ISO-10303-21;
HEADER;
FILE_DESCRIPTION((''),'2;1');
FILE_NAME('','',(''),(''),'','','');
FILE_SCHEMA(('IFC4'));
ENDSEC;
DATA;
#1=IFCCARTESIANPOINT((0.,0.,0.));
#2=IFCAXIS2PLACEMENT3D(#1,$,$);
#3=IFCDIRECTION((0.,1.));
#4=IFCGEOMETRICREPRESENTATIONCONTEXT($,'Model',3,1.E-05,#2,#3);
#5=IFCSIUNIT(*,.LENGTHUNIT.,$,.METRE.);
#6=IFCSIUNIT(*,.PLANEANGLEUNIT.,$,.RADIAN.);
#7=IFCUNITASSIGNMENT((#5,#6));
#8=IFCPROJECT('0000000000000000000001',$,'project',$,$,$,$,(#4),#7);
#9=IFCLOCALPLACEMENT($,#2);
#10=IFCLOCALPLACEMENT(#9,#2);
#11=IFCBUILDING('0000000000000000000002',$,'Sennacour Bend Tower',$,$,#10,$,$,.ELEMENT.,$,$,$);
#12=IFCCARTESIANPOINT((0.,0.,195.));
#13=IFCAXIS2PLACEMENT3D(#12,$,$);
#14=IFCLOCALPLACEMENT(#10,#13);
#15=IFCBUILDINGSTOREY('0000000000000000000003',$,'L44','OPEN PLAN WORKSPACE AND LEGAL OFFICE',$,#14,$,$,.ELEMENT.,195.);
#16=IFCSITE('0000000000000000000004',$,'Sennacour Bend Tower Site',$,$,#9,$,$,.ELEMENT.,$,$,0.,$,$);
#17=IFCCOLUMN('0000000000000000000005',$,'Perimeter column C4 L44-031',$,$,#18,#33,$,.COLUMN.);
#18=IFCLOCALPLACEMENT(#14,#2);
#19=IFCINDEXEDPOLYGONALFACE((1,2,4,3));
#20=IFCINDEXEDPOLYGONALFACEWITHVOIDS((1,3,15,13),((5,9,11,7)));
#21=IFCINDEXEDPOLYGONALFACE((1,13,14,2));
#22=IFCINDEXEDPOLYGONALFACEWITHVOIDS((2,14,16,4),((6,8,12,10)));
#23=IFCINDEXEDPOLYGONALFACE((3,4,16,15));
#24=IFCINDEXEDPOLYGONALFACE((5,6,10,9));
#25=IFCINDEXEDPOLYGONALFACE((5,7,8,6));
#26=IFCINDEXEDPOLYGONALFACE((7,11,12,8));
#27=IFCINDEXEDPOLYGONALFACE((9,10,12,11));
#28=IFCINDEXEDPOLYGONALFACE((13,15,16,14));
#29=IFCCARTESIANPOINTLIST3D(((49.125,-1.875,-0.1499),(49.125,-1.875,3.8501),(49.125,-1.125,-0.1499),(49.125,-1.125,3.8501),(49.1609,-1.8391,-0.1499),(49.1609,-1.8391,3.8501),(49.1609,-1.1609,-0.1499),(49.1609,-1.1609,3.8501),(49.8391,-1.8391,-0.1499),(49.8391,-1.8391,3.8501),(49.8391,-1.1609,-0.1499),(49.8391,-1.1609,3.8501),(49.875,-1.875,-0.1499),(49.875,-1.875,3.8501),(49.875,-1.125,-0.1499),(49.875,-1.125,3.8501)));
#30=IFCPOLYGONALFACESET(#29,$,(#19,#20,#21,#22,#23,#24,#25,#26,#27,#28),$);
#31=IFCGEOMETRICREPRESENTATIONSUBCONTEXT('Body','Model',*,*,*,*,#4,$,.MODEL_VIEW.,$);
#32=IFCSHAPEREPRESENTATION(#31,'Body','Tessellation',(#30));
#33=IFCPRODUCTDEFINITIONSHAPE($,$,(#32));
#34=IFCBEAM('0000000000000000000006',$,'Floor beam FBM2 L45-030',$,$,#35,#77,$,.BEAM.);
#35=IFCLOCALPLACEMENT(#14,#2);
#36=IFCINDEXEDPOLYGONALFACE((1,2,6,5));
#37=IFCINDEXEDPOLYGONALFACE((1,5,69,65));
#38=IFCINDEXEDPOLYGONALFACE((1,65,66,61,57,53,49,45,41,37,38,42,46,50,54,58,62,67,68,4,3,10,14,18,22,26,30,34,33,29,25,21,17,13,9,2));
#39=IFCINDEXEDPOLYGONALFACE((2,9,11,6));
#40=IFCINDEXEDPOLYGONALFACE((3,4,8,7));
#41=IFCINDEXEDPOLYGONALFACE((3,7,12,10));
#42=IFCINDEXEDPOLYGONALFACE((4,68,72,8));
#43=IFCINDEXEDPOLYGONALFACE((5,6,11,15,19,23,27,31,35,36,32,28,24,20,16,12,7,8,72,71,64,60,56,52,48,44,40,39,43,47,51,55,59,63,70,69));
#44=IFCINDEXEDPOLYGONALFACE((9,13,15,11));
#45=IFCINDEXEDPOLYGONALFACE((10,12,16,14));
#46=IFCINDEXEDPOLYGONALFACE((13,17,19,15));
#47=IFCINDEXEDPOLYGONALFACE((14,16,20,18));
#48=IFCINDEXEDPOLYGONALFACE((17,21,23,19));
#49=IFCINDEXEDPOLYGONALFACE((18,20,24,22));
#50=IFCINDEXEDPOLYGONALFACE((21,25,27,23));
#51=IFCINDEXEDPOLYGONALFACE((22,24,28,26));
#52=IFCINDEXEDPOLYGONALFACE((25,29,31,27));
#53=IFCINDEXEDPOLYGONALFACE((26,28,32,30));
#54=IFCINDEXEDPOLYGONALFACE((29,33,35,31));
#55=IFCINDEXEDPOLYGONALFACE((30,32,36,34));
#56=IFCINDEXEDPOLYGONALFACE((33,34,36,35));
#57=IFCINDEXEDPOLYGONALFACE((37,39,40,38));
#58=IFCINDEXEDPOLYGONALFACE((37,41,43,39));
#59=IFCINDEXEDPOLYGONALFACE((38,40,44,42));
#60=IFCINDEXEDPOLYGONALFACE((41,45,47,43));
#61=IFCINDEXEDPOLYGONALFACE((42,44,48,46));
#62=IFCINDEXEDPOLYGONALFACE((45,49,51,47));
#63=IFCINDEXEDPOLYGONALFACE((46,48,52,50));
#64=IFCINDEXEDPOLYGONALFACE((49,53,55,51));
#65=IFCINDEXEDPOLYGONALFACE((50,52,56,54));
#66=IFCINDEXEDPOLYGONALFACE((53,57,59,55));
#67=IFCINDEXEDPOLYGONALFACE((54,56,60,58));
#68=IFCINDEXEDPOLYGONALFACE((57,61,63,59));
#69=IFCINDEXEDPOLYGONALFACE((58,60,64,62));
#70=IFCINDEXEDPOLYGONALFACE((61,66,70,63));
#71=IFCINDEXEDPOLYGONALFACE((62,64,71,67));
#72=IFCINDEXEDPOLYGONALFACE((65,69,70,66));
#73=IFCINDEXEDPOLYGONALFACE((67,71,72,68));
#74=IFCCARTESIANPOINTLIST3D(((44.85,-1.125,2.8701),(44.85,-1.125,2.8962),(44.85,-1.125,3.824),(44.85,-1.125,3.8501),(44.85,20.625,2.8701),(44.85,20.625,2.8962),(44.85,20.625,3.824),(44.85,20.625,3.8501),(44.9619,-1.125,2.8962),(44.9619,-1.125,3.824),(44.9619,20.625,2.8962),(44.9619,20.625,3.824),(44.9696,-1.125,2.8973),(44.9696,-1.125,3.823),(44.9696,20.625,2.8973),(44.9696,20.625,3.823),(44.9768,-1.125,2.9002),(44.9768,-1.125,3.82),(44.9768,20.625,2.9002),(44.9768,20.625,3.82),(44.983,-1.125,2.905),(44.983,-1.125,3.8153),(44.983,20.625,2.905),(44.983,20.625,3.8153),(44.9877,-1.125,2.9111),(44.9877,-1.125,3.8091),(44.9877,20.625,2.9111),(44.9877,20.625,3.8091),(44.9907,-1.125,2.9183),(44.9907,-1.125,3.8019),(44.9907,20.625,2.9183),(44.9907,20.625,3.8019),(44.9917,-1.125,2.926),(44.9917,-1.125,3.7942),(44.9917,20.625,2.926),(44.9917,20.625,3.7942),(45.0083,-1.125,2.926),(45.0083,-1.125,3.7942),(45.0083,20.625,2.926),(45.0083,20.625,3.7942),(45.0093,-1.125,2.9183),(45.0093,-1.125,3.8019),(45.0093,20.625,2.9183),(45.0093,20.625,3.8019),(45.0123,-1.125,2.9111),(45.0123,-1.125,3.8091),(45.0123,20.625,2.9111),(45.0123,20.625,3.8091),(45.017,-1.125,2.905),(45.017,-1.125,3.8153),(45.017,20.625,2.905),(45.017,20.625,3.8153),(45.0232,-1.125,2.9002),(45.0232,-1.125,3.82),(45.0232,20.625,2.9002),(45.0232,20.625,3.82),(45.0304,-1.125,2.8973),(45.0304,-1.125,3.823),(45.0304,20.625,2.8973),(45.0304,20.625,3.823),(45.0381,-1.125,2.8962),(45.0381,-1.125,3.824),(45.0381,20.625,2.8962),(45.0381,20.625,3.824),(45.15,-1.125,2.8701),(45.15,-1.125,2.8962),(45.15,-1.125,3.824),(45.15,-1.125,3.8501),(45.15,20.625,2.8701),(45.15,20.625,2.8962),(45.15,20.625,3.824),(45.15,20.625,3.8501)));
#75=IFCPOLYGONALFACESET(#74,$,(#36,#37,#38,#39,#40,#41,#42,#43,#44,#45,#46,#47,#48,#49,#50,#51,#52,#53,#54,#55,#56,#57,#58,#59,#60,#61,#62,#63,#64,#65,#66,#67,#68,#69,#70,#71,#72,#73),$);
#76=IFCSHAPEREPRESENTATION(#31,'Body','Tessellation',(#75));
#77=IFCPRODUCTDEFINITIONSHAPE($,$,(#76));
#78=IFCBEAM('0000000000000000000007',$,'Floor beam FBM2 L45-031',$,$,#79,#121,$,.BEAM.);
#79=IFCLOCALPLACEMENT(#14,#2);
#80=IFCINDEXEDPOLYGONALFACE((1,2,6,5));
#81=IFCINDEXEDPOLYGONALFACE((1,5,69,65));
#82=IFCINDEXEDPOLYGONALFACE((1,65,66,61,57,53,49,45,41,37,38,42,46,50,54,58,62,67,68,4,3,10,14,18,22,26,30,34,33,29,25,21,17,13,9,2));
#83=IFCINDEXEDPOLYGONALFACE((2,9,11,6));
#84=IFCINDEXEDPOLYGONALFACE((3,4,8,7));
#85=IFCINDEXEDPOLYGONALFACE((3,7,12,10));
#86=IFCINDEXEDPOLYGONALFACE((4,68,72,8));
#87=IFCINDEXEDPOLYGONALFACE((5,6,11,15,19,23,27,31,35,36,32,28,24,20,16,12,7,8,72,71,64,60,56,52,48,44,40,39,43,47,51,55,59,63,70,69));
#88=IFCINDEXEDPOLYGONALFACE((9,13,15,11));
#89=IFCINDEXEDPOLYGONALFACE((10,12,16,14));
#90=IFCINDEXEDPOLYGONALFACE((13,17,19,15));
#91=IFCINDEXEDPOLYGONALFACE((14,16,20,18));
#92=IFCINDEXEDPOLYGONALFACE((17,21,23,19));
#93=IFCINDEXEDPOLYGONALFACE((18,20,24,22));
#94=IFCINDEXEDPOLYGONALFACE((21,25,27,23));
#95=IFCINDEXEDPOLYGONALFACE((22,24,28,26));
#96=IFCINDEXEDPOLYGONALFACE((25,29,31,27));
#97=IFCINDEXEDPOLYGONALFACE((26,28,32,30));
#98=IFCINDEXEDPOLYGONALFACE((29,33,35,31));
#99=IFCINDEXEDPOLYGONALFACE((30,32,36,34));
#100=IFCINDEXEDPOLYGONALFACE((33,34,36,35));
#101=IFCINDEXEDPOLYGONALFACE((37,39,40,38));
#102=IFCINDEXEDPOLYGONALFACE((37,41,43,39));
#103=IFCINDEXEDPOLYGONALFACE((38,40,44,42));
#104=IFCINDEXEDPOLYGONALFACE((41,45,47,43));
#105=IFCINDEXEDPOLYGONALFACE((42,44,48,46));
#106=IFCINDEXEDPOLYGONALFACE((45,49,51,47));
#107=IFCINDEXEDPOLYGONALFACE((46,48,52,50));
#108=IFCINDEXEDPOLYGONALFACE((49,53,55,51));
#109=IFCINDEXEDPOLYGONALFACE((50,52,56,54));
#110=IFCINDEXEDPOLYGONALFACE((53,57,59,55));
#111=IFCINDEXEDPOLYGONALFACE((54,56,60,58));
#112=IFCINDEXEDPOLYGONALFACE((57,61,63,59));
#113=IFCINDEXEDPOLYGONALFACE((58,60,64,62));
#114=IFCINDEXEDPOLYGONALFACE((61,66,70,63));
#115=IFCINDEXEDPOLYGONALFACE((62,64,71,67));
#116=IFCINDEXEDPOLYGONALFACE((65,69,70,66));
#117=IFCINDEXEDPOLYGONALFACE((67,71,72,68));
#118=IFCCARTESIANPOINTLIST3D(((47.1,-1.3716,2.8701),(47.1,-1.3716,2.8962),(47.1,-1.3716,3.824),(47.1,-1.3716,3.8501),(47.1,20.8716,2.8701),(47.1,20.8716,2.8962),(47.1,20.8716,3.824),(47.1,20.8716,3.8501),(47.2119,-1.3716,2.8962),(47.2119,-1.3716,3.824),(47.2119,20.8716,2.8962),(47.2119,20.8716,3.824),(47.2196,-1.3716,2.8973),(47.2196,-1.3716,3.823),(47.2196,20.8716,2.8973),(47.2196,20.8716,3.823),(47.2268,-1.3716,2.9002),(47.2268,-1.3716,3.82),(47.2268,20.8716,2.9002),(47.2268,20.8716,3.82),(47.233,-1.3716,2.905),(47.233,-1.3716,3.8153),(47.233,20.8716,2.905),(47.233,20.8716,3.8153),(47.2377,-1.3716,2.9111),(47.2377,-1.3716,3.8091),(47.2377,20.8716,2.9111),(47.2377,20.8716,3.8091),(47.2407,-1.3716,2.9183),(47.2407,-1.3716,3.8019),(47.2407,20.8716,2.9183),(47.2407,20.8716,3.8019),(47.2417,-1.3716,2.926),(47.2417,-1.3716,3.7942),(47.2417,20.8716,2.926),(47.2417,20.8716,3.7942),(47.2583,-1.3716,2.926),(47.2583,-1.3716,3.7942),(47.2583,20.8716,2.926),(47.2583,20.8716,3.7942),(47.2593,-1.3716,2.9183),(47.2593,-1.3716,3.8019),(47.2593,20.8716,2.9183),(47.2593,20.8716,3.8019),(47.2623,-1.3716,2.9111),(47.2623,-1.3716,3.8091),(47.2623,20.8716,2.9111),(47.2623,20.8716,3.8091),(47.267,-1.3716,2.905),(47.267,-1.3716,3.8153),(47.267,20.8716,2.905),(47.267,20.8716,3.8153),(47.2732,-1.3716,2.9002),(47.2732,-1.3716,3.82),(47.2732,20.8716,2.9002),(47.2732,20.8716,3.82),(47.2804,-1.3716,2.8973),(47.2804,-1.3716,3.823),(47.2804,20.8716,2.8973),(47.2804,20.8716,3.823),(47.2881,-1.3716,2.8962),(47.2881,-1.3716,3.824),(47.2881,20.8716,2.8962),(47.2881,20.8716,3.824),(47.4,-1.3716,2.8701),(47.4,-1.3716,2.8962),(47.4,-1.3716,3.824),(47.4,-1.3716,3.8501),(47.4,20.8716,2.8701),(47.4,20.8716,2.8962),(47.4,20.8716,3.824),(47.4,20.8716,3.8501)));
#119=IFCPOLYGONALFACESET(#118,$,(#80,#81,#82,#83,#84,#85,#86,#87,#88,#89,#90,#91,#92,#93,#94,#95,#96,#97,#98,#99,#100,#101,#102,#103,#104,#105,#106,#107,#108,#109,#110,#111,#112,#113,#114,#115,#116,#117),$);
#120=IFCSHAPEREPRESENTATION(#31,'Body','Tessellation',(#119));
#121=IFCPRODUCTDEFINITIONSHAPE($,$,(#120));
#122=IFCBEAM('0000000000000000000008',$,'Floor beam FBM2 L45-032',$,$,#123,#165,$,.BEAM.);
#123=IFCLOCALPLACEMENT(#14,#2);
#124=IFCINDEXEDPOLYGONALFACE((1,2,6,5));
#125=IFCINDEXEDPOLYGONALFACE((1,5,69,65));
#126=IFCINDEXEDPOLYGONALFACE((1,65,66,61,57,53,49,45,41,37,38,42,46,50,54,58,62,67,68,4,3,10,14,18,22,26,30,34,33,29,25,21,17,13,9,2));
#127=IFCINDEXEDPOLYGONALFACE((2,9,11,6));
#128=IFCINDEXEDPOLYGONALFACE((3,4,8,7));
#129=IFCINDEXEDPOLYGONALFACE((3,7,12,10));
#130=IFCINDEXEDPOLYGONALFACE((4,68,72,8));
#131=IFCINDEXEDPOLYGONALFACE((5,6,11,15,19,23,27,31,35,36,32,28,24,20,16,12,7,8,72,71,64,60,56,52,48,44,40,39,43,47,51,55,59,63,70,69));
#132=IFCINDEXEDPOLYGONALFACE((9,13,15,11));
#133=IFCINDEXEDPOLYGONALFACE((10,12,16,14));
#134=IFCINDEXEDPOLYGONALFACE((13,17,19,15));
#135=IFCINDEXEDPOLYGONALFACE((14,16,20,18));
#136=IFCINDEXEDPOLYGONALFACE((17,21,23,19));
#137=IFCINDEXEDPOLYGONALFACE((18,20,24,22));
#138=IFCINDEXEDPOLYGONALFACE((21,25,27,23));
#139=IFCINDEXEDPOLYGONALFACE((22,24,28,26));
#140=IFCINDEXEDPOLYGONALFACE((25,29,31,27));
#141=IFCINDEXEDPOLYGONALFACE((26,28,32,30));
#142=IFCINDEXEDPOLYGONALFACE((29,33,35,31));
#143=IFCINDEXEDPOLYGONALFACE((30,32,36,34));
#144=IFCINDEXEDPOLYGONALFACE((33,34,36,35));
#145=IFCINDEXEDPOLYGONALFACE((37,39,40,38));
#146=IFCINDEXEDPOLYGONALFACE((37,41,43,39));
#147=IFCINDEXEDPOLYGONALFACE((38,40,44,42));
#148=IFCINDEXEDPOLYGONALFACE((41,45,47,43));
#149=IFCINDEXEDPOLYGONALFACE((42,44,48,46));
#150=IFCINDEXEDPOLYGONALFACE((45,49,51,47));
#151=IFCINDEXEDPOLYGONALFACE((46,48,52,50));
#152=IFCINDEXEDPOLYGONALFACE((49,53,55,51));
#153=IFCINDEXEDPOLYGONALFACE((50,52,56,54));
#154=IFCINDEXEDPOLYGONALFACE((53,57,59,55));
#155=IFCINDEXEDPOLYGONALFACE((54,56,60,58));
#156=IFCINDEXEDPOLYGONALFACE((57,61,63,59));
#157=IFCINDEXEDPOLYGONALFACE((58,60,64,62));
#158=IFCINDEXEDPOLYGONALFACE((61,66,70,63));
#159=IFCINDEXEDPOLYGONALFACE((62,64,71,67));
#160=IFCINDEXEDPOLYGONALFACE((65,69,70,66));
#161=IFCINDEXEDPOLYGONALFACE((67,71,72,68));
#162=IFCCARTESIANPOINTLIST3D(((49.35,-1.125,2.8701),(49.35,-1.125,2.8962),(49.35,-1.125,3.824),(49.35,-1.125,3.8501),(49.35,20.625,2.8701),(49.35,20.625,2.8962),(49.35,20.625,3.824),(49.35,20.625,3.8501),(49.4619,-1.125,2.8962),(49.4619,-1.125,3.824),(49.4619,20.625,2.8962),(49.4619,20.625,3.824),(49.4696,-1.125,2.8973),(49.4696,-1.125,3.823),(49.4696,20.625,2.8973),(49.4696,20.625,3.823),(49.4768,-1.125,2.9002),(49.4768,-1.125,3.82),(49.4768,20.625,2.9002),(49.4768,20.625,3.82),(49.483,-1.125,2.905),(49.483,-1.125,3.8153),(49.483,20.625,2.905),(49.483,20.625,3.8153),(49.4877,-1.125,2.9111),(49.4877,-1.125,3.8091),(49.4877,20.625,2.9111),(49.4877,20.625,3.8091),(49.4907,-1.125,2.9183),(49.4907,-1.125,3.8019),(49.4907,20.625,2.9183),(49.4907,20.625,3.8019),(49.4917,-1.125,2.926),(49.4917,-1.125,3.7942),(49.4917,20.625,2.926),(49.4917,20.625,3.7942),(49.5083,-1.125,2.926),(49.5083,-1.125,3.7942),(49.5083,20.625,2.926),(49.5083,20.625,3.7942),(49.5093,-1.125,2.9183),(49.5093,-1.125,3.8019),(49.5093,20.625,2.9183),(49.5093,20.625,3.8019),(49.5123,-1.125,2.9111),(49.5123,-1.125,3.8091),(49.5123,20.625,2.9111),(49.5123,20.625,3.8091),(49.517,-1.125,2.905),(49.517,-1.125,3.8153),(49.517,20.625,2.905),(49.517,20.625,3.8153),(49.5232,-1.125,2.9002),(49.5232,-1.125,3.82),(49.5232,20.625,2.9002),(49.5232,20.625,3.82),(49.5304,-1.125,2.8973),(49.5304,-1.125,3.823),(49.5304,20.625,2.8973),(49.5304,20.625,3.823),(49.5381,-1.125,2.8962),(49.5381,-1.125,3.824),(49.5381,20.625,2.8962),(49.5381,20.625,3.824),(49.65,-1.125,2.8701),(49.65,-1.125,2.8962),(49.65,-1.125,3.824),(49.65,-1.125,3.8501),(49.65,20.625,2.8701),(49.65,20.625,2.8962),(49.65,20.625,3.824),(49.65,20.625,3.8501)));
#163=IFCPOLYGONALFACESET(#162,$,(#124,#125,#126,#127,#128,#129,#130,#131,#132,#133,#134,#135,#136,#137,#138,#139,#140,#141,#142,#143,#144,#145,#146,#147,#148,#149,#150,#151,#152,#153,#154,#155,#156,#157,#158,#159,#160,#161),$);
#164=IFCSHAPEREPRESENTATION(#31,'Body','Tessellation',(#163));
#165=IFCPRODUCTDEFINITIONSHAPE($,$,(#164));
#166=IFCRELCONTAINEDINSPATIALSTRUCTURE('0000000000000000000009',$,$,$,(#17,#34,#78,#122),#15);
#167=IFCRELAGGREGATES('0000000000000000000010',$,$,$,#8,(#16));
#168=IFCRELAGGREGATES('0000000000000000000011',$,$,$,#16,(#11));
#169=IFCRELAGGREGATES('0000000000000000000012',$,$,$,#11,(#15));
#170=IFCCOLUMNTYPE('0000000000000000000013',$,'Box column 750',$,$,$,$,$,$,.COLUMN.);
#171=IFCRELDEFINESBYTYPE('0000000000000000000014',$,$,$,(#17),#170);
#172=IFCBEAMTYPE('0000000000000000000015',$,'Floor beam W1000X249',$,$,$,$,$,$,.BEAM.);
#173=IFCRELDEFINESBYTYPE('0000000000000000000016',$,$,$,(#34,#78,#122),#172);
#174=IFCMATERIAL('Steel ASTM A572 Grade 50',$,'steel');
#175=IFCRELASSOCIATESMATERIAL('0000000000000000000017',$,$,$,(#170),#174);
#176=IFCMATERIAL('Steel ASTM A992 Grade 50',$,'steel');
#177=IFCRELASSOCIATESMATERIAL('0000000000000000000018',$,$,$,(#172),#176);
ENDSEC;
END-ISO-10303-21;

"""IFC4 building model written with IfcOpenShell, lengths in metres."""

from ifc_helpers import new_model, si_unit, direction, frame, origin, origin_2d, place, context, subcontext, project, spatial, hollow_rectangle, i_section, extrude, material, material_profile, profile_set, type_object, element, save


model = new_model("IFC4")

# Units and contexts
model_context = context("Model", 3, precision=1e-05, world=origin(), true_north=direction((0.0, 1.0)))
body_context = subcontext(model_context, "Body", "Model", "MODEL_VIEW")
ifc_project = project(units=[si_unit("LENGTHUNIT", "METRE"), si_unit("PLANEANGLEUNIT", "RADIAN")], contexts=[model_context])

# Site, building, storey
site_placement = place(None, origin())
site = spatial("IfcSite", under=ifc_project, at=site_placement, Name="Sennacour Bend Tower Site", CompositionType="ELEMENT", RefElevation=0.0)
building_placement = place(site_placement, origin())
building = spatial("IfcBuilding", under=site, at=building_placement, Name="Sennacour Bend Tower", CompositionType="ELEMENT")
storey_placement = place(building_placement, frame((0.0, 0.0, 195.0)))
storey = spatial("IfcBuildingStorey", under=building, at=storey_placement, Name="L44", Description="OPEN PLAN WORKSPACE AND LEGAL OFFICE", CompositionType="ELEMENT", Elevation=195.0)

# Column
ifc_material_1 = material(Name="Steel ASTM A572 Grade 50", Category="steel")
ifc_material_profile_1 = material_profile(ifc_material_1, hollow_rectangle(XDim=0.75, YDim=0.75, WallThickness=0.0359, at=origin_2d()), Name="Steel ASTM A572 Grade 50", Category="steel")
ifc_profile_set_1 = profile_set([ifc_material_profile_1], Name="Steel ASTM A572 Grade 50")
column_type = type_object("IfcColumnType", Name="Box column 750", PredefinedType="COLUMN", material=ifc_profile_set_1)
column_placement = place(storey_placement, frame((49.5, -1.5, -0.1499), z_axis=(0.0, 0.0, 1.0), x_axis=(1.0, 0.0, 0.0)))
element("IfcColumn", 1, at=column_placement, inside=storey, type_object=column_type, Name="Perimeter column C4 L44-031", PredefinedType="COLUMN", context=body_context, shape_type="SweptSolid", body=[
    extrude(hollow_rectangle(XDim=0.75, YDim=0.75, WallThickness=0.0359, at=origin_2d()), origin(), (0.0, 0.0, 1.0), 4.0),
])

# Beams
ifc_material_2 = material(Name="Steel ASTM A992 Grade 50", Category="steel")
ifc_material_profile_2 = material_profile(ifc_material_2, i_section(OverallWidth=0.3, OverallDepth=0.98, WebThickness=0.0166, FlangeThickness=0.0261, FilletRadius=0.0298, at=origin_2d()), Name="Steel ASTM A992 Grade 50", Category="steel")
ifc_profile_set_2 = profile_set([ifc_material_profile_2], Name="Steel ASTM A992 Grade 50")
beam_type_1 = type_object("IfcBeamType", Name="Floor beam W1000X249", PredefinedType="BEAM", material=ifc_profile_set_2)
beam_1_placement = place(storey_placement, frame((45.0, -1.125, 3.3601), z_axis=(0.0, 1.0, 0.0), x_axis=(-1.0, 0.0, 0.0)))
element("IfcBeam", 2, at=beam_1_placement, inside=storey, type_object=beam_type_1, Name="Floor beam FBM2 L45-030", PredefinedType="BEAM", context=body_context, shape_type="SweptSolid", body=[
    extrude(i_section(OverallWidth=0.3, OverallDepth=0.98, WebThickness=0.0166, FlangeThickness=0.0261, FilletRadius=0.0298, at=origin_2d()), origin(), (0.0, 0.0, 1.0), 21.75),
])
beam_2_placement = place(storey_placement, frame((47.25, -1.3716, 3.3601), z_axis=(0.0, 1.0, 0.0), x_axis=(-1.0, 0.0, 0.0)))
element("IfcBeam", 3, at=beam_2_placement, inside=storey, type_object=beam_type_1, Name="Floor beam FBM2 L45-031", PredefinedType="BEAM", context=body_context, shape_type="SweptSolid", body=[
    extrude(i_section(OverallWidth=0.3, OverallDepth=0.98, WebThickness=0.0166, FlangeThickness=0.0261, FilletRadius=0.0298, at=origin_2d()), origin(), (0.0, 0.0, 1.0), 22.2432),
])
beam_3_placement = place(storey_placement, frame((49.5, -1.125, 3.3601), z_axis=(0.0, 1.0, 0.0), x_axis=(-1.0, 0.0, 0.0)))
element("IfcBeam", 4, at=beam_3_placement, inside=storey, type_object=beam_type_1, Name="Floor beam FBM2 L45-032", PredefinedType="BEAM", context=body_context, shape_type="SweptSolid", body=[
    extrude(i_section(OverallWidth=0.3, OverallDepth=0.98, WebThickness=0.0166, FlangeThickness=0.0261, FilletRadius=0.0298, at=origin_2d()), origin(), (0.0, 0.0, 1.0), 21.75),
])

save(model, "model.ifc")
